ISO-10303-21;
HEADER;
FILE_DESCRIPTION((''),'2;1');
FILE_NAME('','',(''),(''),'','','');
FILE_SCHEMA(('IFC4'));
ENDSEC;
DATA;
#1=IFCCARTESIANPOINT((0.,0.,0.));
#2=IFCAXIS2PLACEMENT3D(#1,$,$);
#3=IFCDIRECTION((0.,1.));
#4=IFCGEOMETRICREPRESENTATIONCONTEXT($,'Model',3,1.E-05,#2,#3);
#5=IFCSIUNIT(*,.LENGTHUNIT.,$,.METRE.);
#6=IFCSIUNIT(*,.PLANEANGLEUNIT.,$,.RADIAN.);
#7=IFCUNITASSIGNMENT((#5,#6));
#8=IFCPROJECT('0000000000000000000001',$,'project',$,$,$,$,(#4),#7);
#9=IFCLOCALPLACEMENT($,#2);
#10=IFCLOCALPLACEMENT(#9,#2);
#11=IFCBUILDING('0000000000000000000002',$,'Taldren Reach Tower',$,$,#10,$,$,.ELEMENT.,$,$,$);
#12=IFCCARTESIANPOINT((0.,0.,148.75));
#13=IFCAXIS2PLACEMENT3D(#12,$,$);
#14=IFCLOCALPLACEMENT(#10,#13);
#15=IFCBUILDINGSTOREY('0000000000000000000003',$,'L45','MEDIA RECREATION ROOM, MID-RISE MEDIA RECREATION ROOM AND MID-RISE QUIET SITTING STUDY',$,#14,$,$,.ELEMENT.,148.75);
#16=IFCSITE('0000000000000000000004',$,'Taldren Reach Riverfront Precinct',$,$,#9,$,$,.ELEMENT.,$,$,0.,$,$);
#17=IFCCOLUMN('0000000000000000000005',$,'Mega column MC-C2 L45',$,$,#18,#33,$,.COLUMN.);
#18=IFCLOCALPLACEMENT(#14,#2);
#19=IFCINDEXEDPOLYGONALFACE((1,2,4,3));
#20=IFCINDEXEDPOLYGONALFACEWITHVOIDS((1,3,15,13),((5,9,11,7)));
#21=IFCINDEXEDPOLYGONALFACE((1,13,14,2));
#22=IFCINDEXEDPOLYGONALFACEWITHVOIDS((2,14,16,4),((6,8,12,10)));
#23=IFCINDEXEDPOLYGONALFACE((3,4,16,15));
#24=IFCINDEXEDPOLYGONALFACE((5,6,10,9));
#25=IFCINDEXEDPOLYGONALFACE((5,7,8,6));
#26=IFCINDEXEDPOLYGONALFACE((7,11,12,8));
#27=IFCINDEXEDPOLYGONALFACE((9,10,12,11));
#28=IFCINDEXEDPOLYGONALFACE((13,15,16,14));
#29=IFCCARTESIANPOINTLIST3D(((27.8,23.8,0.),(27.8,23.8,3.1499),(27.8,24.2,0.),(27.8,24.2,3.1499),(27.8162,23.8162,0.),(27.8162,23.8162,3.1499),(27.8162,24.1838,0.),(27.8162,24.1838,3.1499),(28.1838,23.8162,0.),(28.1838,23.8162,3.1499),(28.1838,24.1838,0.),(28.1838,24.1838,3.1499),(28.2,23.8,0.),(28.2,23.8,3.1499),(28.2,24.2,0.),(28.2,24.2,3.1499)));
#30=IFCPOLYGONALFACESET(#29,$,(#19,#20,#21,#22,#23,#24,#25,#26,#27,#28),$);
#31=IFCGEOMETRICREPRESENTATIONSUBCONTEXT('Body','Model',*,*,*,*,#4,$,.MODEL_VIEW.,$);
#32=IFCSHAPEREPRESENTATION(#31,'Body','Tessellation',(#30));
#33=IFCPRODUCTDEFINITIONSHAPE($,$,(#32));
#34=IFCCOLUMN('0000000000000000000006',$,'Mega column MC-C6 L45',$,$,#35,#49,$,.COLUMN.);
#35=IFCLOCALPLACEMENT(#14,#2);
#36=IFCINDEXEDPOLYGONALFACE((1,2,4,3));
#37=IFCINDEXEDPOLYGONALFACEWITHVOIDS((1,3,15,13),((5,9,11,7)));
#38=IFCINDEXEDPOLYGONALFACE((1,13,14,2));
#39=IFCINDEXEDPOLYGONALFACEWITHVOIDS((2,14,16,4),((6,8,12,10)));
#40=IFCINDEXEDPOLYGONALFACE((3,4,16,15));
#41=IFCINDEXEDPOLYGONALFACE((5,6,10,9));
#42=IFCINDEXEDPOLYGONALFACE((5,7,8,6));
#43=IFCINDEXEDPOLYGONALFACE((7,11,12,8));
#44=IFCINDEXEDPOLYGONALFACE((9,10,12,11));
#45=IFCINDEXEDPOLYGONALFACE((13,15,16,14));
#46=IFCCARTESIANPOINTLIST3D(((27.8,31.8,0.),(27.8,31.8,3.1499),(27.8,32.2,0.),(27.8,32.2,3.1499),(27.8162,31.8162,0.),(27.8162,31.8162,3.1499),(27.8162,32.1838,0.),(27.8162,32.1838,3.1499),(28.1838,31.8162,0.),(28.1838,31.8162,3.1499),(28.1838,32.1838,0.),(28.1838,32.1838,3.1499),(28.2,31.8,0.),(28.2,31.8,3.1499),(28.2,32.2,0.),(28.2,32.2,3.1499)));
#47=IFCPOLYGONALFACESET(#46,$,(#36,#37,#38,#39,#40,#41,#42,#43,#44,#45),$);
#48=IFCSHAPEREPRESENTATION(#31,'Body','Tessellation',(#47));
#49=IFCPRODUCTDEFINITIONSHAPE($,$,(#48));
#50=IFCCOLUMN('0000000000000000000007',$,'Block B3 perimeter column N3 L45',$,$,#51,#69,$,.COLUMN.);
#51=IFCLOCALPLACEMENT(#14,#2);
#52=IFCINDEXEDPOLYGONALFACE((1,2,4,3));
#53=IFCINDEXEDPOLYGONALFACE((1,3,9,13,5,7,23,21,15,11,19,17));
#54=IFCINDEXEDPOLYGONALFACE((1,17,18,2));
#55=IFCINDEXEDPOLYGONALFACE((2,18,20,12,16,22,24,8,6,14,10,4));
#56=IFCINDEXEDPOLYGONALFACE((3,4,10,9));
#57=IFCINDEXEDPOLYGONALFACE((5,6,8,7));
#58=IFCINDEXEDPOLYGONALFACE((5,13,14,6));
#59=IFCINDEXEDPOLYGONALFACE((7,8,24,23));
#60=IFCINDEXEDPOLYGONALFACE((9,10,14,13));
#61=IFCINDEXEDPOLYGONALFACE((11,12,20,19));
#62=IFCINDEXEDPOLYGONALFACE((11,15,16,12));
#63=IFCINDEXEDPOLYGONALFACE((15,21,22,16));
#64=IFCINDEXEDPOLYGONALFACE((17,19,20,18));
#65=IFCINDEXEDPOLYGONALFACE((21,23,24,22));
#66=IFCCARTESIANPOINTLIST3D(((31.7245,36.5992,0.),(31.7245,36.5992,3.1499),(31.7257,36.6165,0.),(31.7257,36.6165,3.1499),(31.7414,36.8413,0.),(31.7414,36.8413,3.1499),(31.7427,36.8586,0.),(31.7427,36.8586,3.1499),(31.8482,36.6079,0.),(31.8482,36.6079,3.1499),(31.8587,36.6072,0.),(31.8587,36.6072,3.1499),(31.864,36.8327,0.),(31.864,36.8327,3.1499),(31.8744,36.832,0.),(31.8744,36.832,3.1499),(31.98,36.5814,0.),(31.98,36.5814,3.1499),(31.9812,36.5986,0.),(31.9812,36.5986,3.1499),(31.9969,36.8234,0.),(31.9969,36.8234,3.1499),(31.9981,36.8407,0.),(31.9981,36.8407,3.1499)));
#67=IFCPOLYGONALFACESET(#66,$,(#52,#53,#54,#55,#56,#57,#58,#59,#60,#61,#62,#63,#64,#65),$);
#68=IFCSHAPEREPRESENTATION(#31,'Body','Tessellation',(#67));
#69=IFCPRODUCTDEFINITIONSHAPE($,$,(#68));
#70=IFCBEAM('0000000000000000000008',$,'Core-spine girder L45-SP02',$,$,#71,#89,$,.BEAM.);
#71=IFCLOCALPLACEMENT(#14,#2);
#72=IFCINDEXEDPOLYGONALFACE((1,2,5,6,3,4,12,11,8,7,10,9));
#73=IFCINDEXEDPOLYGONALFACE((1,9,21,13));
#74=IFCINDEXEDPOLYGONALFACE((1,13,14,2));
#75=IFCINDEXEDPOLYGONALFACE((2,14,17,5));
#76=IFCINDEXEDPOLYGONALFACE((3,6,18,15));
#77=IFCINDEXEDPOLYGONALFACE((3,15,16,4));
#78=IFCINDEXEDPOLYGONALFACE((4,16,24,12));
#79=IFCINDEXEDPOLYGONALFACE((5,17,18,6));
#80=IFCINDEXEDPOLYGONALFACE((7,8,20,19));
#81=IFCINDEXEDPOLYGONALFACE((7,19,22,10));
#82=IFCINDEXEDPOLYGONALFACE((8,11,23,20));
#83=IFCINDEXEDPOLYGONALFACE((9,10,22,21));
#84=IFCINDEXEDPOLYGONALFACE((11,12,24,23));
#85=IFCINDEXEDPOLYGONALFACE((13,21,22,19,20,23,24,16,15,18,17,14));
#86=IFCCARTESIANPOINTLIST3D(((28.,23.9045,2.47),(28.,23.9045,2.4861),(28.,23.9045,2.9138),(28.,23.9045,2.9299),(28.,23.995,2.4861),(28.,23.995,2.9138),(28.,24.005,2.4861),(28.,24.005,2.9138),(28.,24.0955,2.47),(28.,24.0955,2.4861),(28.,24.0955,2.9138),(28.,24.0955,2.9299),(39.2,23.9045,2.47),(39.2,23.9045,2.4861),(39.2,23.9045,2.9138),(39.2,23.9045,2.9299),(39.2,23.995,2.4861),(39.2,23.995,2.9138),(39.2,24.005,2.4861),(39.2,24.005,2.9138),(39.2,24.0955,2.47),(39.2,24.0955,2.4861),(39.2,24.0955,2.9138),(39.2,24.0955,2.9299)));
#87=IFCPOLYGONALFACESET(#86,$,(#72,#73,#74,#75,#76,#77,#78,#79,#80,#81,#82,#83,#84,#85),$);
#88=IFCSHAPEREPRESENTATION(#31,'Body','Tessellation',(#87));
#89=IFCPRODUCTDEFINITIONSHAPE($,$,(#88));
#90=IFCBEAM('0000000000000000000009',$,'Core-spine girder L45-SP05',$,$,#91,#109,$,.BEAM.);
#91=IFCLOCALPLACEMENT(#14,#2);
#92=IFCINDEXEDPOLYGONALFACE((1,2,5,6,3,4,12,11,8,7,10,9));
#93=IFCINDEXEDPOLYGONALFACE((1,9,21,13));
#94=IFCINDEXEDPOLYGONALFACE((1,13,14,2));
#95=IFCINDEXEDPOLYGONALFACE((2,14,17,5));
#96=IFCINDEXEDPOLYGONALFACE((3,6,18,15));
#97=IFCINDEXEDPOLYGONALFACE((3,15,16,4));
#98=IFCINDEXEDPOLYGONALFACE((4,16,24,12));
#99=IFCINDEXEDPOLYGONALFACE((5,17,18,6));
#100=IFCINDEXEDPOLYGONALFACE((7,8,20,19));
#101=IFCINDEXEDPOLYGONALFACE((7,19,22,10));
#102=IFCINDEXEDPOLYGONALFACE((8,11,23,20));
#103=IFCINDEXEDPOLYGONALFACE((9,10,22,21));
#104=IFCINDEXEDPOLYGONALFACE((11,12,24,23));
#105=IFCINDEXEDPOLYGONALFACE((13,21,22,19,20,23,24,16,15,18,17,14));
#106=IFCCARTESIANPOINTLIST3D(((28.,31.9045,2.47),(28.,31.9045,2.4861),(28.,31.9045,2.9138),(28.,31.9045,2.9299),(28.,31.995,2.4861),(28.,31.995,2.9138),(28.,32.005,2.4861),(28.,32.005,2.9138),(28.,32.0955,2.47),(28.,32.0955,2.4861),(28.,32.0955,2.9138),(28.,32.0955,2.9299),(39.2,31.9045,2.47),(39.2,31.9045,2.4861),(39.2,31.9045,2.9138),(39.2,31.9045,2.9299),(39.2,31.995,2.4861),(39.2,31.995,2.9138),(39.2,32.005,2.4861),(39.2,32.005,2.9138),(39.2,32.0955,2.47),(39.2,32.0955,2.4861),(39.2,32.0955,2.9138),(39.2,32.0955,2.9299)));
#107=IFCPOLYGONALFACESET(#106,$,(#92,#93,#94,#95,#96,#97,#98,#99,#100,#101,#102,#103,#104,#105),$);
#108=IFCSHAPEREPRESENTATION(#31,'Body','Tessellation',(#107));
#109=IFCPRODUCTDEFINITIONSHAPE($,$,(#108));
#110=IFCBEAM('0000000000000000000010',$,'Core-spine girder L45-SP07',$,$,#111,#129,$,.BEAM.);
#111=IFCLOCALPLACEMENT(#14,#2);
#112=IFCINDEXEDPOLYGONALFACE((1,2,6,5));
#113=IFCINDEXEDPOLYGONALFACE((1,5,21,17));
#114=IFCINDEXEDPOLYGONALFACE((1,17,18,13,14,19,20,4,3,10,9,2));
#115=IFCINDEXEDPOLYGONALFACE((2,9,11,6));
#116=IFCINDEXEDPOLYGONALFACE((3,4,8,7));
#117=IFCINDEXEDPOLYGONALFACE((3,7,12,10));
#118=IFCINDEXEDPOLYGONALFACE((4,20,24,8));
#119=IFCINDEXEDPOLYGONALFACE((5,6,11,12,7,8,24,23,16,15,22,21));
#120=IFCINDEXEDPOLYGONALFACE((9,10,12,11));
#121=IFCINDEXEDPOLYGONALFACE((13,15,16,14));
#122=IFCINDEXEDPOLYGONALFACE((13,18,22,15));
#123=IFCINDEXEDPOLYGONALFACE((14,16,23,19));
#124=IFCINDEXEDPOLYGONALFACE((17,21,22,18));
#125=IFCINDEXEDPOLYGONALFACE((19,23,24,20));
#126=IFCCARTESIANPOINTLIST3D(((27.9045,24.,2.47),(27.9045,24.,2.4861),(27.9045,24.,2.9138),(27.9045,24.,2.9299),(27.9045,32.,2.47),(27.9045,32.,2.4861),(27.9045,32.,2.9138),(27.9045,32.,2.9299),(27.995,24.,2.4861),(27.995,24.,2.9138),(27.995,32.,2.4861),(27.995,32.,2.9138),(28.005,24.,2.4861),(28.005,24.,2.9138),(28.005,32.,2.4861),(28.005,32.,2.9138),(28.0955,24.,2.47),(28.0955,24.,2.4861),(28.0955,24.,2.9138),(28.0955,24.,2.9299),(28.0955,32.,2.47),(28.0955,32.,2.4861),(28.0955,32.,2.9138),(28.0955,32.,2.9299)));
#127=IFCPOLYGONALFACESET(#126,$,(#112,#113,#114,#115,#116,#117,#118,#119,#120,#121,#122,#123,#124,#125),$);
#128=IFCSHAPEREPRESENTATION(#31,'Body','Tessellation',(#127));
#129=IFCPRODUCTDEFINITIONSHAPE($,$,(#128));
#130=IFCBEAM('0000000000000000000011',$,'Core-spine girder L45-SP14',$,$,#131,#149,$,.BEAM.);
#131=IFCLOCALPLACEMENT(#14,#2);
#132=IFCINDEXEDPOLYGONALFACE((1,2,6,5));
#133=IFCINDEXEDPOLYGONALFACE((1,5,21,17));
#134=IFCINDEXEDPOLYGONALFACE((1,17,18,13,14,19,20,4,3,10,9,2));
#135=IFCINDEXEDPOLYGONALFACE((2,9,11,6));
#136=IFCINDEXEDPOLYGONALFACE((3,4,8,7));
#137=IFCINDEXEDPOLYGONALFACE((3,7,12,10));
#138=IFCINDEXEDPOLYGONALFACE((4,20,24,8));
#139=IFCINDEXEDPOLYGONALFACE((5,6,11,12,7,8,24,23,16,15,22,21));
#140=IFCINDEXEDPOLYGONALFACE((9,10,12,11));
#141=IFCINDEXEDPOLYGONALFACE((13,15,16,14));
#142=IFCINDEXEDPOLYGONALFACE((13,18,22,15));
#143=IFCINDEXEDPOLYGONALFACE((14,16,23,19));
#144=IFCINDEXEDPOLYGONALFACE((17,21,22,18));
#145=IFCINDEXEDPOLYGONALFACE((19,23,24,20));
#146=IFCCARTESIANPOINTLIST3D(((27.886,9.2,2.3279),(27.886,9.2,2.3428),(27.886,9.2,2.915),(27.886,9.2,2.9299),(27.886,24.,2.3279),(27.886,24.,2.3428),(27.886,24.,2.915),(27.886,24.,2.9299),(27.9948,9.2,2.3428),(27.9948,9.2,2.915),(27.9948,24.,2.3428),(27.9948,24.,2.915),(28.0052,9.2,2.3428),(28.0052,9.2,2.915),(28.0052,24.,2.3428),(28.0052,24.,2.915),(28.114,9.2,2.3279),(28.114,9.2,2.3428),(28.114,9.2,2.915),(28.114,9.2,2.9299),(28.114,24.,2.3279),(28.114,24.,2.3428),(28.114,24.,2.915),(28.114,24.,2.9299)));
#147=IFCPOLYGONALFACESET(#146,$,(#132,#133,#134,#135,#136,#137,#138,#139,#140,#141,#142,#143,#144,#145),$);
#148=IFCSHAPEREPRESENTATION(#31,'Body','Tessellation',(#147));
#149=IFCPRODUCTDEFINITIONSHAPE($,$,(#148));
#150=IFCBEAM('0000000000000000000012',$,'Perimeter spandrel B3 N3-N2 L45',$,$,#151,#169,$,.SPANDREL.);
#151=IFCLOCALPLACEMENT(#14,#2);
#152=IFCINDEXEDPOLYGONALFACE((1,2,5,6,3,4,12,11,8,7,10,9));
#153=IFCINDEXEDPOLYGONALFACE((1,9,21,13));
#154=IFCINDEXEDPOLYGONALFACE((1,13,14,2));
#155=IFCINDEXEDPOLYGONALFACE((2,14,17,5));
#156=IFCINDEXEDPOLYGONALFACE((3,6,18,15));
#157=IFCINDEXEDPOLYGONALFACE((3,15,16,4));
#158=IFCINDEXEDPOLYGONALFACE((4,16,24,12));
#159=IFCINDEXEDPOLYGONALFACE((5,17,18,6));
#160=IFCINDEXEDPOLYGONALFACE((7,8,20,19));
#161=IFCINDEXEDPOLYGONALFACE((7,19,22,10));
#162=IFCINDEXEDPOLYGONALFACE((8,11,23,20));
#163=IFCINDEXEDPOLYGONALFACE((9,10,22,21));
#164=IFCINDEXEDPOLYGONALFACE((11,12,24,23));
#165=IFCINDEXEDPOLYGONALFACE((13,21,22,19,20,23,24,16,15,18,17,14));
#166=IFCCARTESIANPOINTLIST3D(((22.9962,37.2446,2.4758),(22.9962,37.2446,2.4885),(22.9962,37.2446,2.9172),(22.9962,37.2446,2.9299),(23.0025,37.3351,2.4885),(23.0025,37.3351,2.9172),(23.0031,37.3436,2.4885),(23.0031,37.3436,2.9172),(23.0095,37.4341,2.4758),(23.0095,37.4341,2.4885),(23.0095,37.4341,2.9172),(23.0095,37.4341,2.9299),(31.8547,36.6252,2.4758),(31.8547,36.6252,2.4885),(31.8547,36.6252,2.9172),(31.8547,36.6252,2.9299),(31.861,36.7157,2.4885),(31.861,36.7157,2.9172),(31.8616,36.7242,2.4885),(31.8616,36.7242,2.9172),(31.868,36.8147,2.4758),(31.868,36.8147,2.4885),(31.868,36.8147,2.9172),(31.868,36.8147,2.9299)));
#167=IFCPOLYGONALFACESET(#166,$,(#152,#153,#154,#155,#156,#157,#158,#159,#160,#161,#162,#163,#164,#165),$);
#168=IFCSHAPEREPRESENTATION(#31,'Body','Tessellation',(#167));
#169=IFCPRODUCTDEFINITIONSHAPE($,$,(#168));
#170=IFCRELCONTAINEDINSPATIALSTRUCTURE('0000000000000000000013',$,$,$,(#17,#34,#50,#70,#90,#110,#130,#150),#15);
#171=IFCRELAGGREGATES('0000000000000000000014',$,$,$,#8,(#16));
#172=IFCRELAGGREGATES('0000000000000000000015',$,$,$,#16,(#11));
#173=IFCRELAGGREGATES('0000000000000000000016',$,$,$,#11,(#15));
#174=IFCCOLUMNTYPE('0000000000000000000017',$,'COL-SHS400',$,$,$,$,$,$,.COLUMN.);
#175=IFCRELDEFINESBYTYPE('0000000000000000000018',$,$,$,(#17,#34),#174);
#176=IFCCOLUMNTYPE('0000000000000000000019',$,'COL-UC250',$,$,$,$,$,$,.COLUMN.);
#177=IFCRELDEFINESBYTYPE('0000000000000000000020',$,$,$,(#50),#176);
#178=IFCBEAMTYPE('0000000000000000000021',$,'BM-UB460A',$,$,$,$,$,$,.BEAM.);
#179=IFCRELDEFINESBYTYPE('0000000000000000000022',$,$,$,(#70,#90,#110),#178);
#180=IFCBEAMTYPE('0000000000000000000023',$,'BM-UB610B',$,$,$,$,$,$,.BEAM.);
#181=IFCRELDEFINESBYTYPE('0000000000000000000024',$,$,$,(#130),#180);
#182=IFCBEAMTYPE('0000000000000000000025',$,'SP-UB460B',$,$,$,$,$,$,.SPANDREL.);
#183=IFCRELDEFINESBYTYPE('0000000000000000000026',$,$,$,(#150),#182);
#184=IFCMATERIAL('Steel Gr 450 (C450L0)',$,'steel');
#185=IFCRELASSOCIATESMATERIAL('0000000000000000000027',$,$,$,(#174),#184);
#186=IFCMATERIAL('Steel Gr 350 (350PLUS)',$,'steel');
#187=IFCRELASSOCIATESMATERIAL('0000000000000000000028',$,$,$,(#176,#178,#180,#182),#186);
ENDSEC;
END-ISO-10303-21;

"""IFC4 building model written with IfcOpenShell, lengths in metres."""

from ifc_helpers import new_model, si_unit, direction, frame, origin, origin_2d, place, context, subcontext, project, spatial, hollow_rectangle, i_section, extrude, source, transform, mapped, material, material_profile, profile_set, type_object, element, save


model = new_model("IFC4")

# Units and contexts
model_context = context("Model", 3, precision=1e-05, world=origin(), true_north=direction((0.0, 1.0)))
body_context = subcontext(model_context, "Body", "Model", "MODEL_VIEW")
ifc_project = project(units=[si_unit("LENGTHUNIT", "METRE"), si_unit("PLANEANGLEUNIT", "RADIAN")], contexts=[model_context])

# Site, building, storey
site_placement = place(None, origin())
site = spatial("IfcSite", under=ifc_project, at=site_placement, Name="Taldren Reach Riverfront Precinct", CompositionType="ELEMENT", RefElevation=0.0)
building_placement = place(site_placement, origin())
building = spatial("IfcBuilding", under=site, at=building_placement, Name="Taldren Reach Tower", CompositionType="ELEMENT")
storey_placement = place(building_placement, frame((0.0, 0.0, 148.75)))
storey = spatial("IfcBuildingStorey", under=building, at=storey_placement, Name="L45", Description="MEDIA RECREATION ROOM, MID-RISE MEDIA RECREATION ROOM AND MID-RISE QUIET SITTING STUDY", CompositionType="ELEMENT", Elevation=148.75)

# Columns
ifc_material_1 = material(Name="Steel Gr 450 (C450L0)", Category="steel")
ifc_material_profile_1 = material_profile(ifc_material_1, hollow_rectangle(XDim=0.3999, YDim=0.3999, WallThickness=0.0161, at=origin_2d()), Name="400x400x16.0SHS")
ifc_profile_set_1 = profile_set([ifc_material_profile_1], Name="Steel Gr 450 (C450L0)")
column_type_1 = type_object("IfcColumnType", Name="COL-SHS400", PredefinedType="COLUMN", material=ifc_profile_set_1)
shared_shape_1 = source(origin(), body_context, "Body", "SweptSolid", [
    extrude(hollow_rectangle(XDim=0.3999, YDim=0.3999, WallThickness=0.0161, at=origin_2d()), origin(), (0.0, 0.0, 1.0), 3.1499),
])
for number, where, z_axis, x_axis, name in (
    (1, (28.0, 24.0, 0.0), (0.0, 0.0, 1.0), (1.0, 0.0, 0.0), "Mega column MC-C2 L45"),
    (2, (28.0, 32.0, 0.0), (0.0, 0.0, 1.0), (1.0, 0.0, 0.0), "Mega column MC-C6 L45"),
):
    element("IfcColumn", number, at=place(storey_placement, frame(where, z_axis=z_axis, x_axis=x_axis)), inside=storey, type_object=column_type_1, Name=name, PredefinedType="COLUMN", context=body_context, shape_type="MappedRepresentation", body=[
        mapped(shared_shape_1, transform((0.0, 0.0, 0.0), scale=1.0)),
    ])
ifc_material_2 = material(Name="Steel Gr 350 (350PLUS)", Category="steel")
ifc_material_profile_2 = material_profile(ifc_material_2, i_section(OverallWidth=0.2561, OverallDepth=0.26, WebThickness=0.0105, FlangeThickness=0.0173, at=origin_2d()), Name="250UC89.5")
ifc_profile_set_2 = profile_set([ifc_material_profile_2], Name="Steel Gr 350 (350PLUS)")
column_type_2 = type_object("IfcColumnType", Name="COL-UC250", PredefinedType="COLUMN", material=ifc_profile_set_2)
shared_shape_2 = source(origin(), body_context, "Body", "SweptSolid", [
    extrude(i_section(OverallWidth=0.2561, OverallDepth=0.26, WebThickness=0.0105, FlangeThickness=0.0173, at=origin_2d()), origin(), (0.0, 0.0, 1.0), 3.1499),
])
column_placement = place(storey_placement, frame((31.8613, 36.72, 0.0), z_axis=(0.0, 0.0, 1.0), x_axis=(0.997564, -0.069756, 0.0)))
element("IfcColumn", 3, at=column_placement, inside=storey, type_object=column_type_2, Name="Block B3 perimeter column N3 L45", PredefinedType="COLUMN", context=body_context, shape_type="MappedRepresentation", body=[
    mapped(shared_shape_2, transform((0.0, 0.0, 0.0), scale=1.0)),
])

# Beams
ifc_material_profile_3 = material_profile(ifc_material_2, i_section(OverallWidth=0.1909, OverallDepth=0.46, WebThickness=0.01, FlangeThickness=0.0161, at=origin_2d()), Name="460UB82.1")
ifc_profile_set_3 = profile_set([ifc_material_profile_3], Name="Steel Gr 350 (350PLUS)")
beam_type_1 = type_object("IfcBeamType", Name="BM-UB460A", PredefinedType="BEAM", material=ifc_profile_set_3)
shared_shape_3 = source(origin(), body_context, "Body", "SweptSolid", [
    extrude(i_section(OverallWidth=0.1909, OverallDepth=0.46, WebThickness=0.01, FlangeThickness=0.0161, at=origin_2d()), origin(), (0.0, 0.0, 1.0), 11.2),
])
for number, where, z_axis, x_axis, name in (
    (4, (28.0, 24.0, 2.7), (1.0, 0.0, 0.0), (0.0, 1.0, 0.0), "Core-spine girder L45-SP02"),
    (5, (28.0, 32.0, 2.7), (1.0, 0.0, 0.0), (0.0, 1.0, 0.0), "Core-spine girder L45-SP05"),
):
    element("IfcBeam", number, at=place(storey_placement, frame(where, z_axis=z_axis, x_axis=x_axis)), inside=storey, type_object=beam_type_1, Name=name, PredefinedType="BEAM", context=body_context, shape_type="MappedRepresentation", body=[
        mapped(shared_shape_3, transform((0.0, 0.0, 0.0), scale=1.0)),
    ])
shared_shape_4 = source(origin(), body_context, "Body", "SweptSolid", [
    extrude(i_section(OverallWidth=0.1909, OverallDepth=0.46, WebThickness=0.01, FlangeThickness=0.0161, at=origin_2d()), origin(), (0.0, 0.0, 1.0), 8.0),
])
beam_1_placement = place(storey_placement, frame((28.0, 24.0, 2.7), z_axis=(0.0, 1.0, 0.0), x_axis=(-1.0, 0.0, 0.0)))
element("IfcBeam", 6, at=beam_1_placement, inside=storey, type_object=beam_type_1, Name="Core-spine girder L45-SP07", PredefinedType="BEAM", context=body_context, shape_type="MappedRepresentation", body=[
    mapped(shared_shape_4, transform((0.0, 0.0, 0.0), scale=1.0)),
])
ifc_material_profile_4 = material_profile(ifc_material_2, i_section(OverallWidth=0.228, OverallDepth=0.6021, WebThickness=0.0105, FlangeThickness=0.0149, at=origin_2d()), Name="610UB101")
ifc_profile_set_4 = profile_set([ifc_material_profile_4], Name="Steel Gr 350 (350PLUS)")
beam_type_2 = type_object("IfcBeamType", Name="BM-UB610B", PredefinedType="BEAM", material=ifc_profile_set_4)
shared_shape_5 = source(origin(), body_context, "Body", "SweptSolid", [
    extrude(i_section(OverallWidth=0.228, OverallDepth=0.6021, WebThickness=0.0105, FlangeThickness=0.0149, at=origin_2d()), origin(), (0.0, 0.0, 1.0), 14.8),
])
beam_2_placement = place(storey_placement, frame((28.0, 24.0, 2.6289), z_axis=(0.0, -1.0, 0.0), x_axis=(1.0, 0.0, 0.0)))
element("IfcBeam", 7, at=beam_2_placement, inside=storey, type_object=beam_type_2, Name="Core-spine girder L45-SP14", PredefinedType="BEAM", context=body_context, shape_type="MappedRepresentation", body=[
    mapped(shared_shape_5, transform((0.0, 0.0, 0.0), scale=1.0)),
])
ifc_material_profile_5 = material_profile(ifc_material_2, i_section(OverallWidth=0.1899, OverallDepth=0.4541, WebThickness=0.0085, FlangeThickness=0.0127, at=origin_2d()), Name="460UB67.1")
ifc_profile_set_5 = profile_set([ifc_material_profile_5], Name="Steel Gr 350 (350PLUS)")
beam_type_3 = type_object("IfcBeamType", Name="SP-UB460B", PredefinedType="SPANDREL", material=ifc_profile_set_5)
shared_shape_6 = source(origin(), body_context, "Body", "SweptSolid", [
    extrude(i_section(OverallWidth=0.1899, OverallDepth=0.4541, WebThickness=0.0085, FlangeThickness=0.0127, at=origin_2d()), origin(), (0.0, 0.0, 1.0), 8.8801),
])
beam_3_placement = place(storey_placement, frame((31.8613, 36.72, 2.7029), z_axis=(-0.997564, 0.06975, 0.0), x_axis=(-0.06975, -0.997564, 0.0)))
element("IfcBeam", 8, at=beam_3_placement, inside=storey, type_object=beam_type_3, Name="Perimeter spandrel B3 N3-N2 L45", PredefinedType="SPANDREL", context=body_context, shape_type="MappedRepresentation", body=[
    mapped(shared_shape_6, transform((0.0, 0.0, 0.0), scale=1.0)),
])

save(model, "model.ifc")
